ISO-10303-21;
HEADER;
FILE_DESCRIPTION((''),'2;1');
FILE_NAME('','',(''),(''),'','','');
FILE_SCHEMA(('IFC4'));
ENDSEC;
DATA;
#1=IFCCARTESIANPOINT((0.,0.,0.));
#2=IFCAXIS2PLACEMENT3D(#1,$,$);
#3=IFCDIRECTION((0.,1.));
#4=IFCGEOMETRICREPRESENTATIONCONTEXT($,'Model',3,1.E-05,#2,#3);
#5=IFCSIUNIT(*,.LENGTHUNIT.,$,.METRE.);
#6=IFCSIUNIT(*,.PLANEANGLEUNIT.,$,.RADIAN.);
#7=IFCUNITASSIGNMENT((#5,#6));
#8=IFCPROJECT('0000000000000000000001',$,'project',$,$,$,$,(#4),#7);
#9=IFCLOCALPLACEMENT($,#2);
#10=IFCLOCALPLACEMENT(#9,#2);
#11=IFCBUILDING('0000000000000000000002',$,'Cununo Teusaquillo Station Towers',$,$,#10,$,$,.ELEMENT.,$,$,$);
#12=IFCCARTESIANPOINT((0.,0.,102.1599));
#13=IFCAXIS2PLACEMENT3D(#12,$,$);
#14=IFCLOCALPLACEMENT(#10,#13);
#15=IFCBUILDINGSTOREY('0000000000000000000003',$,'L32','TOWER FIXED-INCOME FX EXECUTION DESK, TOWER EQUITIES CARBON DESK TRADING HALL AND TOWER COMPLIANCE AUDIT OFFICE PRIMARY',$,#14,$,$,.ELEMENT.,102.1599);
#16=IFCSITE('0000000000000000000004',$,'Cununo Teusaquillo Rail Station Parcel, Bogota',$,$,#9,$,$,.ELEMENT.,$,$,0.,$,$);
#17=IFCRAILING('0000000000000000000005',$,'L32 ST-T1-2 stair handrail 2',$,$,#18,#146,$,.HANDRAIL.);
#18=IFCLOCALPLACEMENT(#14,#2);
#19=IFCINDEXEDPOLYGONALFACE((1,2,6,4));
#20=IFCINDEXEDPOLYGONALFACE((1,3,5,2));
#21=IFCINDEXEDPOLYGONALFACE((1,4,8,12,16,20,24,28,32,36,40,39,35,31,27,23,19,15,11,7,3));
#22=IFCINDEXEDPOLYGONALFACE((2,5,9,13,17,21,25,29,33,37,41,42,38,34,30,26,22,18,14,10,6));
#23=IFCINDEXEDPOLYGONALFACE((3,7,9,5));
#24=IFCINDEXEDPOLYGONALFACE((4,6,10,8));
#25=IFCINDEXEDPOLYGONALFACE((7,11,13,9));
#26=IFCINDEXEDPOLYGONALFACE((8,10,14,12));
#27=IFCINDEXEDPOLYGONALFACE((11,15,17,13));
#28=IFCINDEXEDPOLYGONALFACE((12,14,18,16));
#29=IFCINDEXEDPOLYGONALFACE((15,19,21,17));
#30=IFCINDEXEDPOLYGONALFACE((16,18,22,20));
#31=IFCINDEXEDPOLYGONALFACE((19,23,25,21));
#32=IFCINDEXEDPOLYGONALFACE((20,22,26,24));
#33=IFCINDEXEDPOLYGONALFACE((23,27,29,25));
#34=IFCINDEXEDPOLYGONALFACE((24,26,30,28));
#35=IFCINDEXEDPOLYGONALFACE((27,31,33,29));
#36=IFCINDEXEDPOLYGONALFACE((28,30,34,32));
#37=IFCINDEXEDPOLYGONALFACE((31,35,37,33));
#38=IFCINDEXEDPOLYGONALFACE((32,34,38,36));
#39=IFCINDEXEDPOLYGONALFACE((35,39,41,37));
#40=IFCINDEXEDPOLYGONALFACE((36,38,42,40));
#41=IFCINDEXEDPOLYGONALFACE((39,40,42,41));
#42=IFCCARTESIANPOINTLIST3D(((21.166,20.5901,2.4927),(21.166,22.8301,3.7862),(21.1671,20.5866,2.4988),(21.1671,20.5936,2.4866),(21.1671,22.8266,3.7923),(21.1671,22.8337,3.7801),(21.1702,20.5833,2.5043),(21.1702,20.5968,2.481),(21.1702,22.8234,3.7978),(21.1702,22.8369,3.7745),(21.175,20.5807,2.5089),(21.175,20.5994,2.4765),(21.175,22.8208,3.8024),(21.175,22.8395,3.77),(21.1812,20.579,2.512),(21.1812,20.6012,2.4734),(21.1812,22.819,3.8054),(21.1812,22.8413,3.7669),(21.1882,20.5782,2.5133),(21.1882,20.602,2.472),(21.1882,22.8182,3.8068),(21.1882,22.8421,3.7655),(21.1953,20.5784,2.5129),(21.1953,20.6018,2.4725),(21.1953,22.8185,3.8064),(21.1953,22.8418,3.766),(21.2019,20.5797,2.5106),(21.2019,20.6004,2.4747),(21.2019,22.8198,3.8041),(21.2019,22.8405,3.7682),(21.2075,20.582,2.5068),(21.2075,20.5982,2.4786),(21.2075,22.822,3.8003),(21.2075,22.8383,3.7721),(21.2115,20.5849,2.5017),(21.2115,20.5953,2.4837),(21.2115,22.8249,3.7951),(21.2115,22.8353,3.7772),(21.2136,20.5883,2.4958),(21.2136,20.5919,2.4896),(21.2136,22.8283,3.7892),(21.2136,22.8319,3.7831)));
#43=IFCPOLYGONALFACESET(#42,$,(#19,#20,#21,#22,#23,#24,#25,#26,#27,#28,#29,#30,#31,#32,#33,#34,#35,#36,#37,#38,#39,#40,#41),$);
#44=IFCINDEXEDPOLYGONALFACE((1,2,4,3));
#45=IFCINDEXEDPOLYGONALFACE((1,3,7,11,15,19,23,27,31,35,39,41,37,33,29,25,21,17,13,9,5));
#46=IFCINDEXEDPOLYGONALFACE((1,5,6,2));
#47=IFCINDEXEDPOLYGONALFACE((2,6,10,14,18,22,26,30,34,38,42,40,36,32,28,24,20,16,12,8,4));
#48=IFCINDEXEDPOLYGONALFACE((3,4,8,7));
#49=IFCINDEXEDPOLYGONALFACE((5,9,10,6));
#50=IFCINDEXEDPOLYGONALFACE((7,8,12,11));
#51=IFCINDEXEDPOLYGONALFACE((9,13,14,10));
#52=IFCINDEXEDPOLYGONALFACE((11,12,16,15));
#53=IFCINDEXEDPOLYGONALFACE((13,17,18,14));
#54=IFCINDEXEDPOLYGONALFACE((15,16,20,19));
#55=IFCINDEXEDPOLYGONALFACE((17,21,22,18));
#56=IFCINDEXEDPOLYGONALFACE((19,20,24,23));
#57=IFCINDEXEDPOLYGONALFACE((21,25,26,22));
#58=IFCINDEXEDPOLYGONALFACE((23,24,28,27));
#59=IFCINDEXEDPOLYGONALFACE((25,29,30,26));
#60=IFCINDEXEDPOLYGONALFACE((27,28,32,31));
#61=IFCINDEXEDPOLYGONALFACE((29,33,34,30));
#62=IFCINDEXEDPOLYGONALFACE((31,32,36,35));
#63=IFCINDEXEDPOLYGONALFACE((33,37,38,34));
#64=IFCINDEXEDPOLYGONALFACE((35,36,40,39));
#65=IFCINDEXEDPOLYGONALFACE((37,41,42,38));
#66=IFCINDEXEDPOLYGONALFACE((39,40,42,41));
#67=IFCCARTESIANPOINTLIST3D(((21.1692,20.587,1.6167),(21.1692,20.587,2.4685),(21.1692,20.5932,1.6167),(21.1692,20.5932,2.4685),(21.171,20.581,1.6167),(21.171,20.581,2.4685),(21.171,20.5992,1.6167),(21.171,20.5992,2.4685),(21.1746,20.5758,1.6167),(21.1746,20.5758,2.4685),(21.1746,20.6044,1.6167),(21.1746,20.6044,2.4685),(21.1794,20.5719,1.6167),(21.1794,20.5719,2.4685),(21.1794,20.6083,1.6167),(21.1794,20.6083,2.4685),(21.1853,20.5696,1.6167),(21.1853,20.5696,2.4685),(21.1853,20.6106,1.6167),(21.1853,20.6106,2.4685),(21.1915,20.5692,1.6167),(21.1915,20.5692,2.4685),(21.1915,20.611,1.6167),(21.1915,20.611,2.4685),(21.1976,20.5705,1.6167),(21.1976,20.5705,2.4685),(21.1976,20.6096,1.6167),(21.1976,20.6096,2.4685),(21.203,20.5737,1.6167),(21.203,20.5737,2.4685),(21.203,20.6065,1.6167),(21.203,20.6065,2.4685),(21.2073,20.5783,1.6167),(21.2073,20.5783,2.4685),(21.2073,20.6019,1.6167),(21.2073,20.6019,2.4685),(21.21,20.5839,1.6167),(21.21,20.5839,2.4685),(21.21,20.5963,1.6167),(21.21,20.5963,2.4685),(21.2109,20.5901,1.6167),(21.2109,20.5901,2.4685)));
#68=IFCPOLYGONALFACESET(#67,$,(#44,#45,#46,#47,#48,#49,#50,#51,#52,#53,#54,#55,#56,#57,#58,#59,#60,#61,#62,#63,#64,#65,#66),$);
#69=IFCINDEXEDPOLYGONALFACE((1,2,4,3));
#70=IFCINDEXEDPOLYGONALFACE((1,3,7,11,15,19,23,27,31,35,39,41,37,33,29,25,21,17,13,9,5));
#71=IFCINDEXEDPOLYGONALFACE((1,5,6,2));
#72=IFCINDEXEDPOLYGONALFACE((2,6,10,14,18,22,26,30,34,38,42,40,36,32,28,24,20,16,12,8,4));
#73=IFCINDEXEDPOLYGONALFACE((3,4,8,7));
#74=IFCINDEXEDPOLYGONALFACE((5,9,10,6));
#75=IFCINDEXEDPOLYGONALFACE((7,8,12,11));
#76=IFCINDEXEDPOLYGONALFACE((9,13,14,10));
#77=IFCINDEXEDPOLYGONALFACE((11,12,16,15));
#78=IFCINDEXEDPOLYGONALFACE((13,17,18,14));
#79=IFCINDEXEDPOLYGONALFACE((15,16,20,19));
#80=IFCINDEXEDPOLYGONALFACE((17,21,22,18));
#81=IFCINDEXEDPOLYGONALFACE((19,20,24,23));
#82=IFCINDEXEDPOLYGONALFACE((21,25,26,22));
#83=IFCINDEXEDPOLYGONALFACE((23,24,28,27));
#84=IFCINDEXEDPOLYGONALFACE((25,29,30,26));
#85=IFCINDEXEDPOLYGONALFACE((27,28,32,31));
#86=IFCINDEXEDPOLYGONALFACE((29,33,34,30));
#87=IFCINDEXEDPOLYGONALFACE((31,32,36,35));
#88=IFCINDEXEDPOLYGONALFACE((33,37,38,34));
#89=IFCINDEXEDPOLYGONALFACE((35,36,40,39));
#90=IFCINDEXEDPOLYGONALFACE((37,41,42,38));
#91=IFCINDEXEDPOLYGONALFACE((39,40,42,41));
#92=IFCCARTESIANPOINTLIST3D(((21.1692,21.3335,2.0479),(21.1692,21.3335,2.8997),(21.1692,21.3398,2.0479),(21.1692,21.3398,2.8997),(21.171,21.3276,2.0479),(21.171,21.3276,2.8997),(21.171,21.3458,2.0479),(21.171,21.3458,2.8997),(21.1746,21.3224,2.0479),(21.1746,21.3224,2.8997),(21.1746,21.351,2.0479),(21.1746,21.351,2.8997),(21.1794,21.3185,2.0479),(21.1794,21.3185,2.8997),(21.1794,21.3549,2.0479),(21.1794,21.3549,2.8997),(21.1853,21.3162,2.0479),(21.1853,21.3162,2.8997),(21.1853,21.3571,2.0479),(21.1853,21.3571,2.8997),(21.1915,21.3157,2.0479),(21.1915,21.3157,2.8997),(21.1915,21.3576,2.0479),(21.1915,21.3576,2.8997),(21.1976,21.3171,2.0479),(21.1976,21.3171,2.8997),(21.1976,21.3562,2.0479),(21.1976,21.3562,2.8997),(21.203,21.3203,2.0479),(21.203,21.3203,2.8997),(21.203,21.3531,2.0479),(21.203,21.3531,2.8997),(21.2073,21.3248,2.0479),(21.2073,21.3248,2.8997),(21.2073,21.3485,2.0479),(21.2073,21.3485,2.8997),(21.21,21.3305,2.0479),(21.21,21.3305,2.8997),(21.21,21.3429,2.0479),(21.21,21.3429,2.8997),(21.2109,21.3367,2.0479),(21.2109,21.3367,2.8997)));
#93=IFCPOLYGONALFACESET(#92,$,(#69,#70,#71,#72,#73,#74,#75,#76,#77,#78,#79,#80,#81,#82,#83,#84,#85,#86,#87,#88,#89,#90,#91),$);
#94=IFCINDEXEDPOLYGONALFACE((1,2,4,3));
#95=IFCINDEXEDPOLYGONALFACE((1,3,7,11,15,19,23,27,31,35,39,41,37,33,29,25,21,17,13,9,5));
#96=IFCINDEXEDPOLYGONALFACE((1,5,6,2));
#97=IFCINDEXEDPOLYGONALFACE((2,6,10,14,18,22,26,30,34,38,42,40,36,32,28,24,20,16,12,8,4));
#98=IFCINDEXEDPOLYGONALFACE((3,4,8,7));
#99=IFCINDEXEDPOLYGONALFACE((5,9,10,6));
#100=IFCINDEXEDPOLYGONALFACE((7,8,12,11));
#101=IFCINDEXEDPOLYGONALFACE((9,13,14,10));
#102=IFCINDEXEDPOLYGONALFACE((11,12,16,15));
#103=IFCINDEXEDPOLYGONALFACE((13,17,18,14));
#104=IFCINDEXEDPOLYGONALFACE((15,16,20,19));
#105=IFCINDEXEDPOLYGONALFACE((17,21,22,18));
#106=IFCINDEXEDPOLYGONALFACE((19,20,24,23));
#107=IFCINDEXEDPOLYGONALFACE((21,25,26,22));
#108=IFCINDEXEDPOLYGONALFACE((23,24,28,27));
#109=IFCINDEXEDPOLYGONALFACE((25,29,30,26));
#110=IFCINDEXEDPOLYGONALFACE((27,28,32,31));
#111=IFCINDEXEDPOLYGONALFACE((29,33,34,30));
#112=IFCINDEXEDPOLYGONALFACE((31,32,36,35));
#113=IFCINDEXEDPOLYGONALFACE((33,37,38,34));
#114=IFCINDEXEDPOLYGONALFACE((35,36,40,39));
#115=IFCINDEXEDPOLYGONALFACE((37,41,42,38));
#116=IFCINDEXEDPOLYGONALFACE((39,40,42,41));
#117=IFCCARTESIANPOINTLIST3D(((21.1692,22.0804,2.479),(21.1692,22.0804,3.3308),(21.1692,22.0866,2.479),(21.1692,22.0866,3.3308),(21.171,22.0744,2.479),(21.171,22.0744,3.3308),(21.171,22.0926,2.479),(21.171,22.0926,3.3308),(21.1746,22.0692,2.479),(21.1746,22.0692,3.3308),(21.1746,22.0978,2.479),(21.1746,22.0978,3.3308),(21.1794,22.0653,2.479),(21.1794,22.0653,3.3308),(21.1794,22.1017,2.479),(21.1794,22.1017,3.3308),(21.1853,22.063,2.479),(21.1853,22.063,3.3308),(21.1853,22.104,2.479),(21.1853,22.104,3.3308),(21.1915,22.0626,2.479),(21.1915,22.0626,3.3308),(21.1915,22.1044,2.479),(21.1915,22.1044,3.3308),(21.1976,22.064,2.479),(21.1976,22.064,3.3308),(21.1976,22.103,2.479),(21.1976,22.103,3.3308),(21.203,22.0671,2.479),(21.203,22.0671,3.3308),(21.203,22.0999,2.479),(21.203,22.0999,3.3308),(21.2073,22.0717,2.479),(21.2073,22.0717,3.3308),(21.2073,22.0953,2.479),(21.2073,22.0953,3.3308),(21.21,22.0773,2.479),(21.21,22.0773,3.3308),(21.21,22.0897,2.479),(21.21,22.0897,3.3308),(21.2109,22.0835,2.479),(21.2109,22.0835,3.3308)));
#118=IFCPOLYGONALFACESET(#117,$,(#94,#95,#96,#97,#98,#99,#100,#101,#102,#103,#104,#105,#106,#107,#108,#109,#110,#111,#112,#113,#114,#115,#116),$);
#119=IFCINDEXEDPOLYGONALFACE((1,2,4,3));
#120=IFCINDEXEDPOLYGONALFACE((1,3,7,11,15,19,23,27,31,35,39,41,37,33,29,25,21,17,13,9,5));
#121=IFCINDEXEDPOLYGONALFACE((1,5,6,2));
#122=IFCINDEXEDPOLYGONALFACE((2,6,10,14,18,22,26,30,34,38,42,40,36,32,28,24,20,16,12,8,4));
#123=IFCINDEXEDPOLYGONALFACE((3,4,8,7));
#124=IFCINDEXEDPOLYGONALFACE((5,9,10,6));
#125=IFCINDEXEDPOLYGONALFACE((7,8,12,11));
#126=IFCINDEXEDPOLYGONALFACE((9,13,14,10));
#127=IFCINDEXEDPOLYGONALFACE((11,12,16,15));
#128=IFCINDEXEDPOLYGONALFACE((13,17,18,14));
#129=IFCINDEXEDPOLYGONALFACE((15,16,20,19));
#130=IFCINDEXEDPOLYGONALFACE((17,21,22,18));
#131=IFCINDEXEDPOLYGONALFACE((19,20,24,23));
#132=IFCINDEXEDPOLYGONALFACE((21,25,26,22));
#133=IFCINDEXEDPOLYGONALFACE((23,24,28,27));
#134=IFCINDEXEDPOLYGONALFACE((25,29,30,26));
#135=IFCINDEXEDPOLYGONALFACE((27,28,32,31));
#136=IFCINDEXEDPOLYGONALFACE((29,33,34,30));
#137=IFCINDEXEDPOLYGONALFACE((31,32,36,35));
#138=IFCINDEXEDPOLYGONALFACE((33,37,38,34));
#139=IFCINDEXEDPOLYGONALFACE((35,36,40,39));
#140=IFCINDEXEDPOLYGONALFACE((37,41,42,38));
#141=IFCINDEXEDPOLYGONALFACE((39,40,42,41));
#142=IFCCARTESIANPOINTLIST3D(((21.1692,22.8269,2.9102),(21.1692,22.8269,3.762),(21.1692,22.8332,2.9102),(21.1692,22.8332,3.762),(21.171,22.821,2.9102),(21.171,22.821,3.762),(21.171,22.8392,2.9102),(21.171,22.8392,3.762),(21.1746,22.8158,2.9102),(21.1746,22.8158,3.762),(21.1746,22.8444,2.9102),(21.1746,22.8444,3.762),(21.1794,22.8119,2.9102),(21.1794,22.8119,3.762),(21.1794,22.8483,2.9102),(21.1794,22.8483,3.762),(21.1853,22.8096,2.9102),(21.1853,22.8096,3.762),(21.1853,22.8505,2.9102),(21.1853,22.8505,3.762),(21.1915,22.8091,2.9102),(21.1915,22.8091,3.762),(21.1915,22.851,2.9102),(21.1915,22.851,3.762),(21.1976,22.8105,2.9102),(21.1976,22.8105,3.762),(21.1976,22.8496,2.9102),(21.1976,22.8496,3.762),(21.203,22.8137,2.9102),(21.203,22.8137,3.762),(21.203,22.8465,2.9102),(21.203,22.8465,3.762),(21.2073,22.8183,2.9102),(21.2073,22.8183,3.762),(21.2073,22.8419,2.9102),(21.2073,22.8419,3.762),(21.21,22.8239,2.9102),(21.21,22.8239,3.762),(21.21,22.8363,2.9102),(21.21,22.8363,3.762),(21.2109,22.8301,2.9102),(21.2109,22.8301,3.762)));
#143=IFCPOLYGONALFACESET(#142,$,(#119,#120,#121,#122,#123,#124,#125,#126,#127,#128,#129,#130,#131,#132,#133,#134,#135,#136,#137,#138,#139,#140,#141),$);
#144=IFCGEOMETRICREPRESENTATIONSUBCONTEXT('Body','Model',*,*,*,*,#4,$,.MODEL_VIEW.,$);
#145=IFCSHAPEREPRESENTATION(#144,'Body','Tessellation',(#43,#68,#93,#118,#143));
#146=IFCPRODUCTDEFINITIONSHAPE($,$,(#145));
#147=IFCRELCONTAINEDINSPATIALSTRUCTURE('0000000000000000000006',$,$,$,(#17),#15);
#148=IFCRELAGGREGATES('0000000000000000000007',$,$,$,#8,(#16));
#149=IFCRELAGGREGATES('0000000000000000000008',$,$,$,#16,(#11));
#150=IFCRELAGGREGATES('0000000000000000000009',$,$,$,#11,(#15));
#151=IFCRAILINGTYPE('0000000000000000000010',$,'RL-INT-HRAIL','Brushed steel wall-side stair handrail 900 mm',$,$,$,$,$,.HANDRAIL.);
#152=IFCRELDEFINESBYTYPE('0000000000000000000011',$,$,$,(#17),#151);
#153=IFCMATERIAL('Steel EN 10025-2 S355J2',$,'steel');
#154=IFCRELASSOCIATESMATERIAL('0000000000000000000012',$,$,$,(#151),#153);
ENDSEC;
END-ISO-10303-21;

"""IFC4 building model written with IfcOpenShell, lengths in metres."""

from ifc_helpers import new_model, si_unit, direction, frame, origin, origin_2d, place, context, subcontext, project, spatial, circle, extrude, material, type_object, element, save


model = new_model("IFC4")

# Units and contexts
model_context = context("Model", 3, precision=1e-05, world=origin(), true_north=direction((0.0, 1.0)))
body_context = subcontext(model_context, "Body", "Model", "MODEL_VIEW")
ifc_project = project(units=[si_unit("LENGTHUNIT", "METRE"), si_unit("PLANEANGLEUNIT", "RADIAN")], contexts=[model_context])

# Site, building, storey
site_placement = place(None, origin())
site = spatial("IfcSite", under=ifc_project, at=site_placement, Name="Cununo Teusaquillo Rail Station Parcel, Bogota", CompositionType="ELEMENT", RefElevation=0.0)
building_placement = place(site_placement, origin())
building = spatial("IfcBuilding", under=site, at=building_placement, Name="Cununo Teusaquillo Station Towers", CompositionType="ELEMENT")
storey_placement = place(building_placement, frame((0.0, 0.0, 102.1599)))
storey = spatial("IfcBuildingStorey", under=building, at=storey_placement, Name="L32", Description="TOWER FIXED-INCOME FX EXECUTION DESK, TOWER EQUITIES CARBON DESK TRADING HALL AND TOWER COMPLIANCE AUDIT OFFICE PRIMARY", CompositionType="ELEMENT", Elevation=102.1599)

# Railing
ifc_material_1 = material(Name="Steel EN 10025-2 S355J2", Category="steel")
railing_type_1 = type_object("IfcRailingType", Name="RL-INT-HRAIL", Description="Brushed steel wall-side stair handrail 900 mm", PredefinedType="HANDRAIL", material=ifc_material_1)
railing_1_placement = place(storey_placement, frame((21.1899, 20.5901, 1.6167)))
element("IfcRailing", 1, at=railing_1_placement, inside=storey, type_object=railing_type_1, Name="L32 ST-T1-2 stair handrail 2", PredefinedType="HANDRAIL", context=body_context, shape_type="SweptSolid", body=[
    extrude(circle(Radius=0.0239, at=origin_2d()), frame((0.0, 0.0, 0.876), z_axis=(0.0, 0.865992, 0.500057), x_axis=(-1.0, 0.0, 0.0)), (0.0, 0.0, 1.0), 2.5867),
    extrude(circle(Radius=0.021, at=origin_2d()), origin(), (0.0, 0.0, 1.0), 0.8518),
    extrude(circle(Radius=0.021, at=origin_2d()), frame((0.0, 0.7466, 0.4312)), (0.0, 0.0, 1.0), 0.8518),
    extrude(circle(Radius=0.021, at=origin_2d()), frame((0.0, 1.4934, 0.8623)), (0.0, 0.0, 1.0), 0.8518),
    extrude(circle(Radius=0.021, at=origin_2d()), frame((0.0, 2.24, 1.2935)), (0.0, 0.0, 1.0), 0.8518),
])

save(model, "model.ifc")
